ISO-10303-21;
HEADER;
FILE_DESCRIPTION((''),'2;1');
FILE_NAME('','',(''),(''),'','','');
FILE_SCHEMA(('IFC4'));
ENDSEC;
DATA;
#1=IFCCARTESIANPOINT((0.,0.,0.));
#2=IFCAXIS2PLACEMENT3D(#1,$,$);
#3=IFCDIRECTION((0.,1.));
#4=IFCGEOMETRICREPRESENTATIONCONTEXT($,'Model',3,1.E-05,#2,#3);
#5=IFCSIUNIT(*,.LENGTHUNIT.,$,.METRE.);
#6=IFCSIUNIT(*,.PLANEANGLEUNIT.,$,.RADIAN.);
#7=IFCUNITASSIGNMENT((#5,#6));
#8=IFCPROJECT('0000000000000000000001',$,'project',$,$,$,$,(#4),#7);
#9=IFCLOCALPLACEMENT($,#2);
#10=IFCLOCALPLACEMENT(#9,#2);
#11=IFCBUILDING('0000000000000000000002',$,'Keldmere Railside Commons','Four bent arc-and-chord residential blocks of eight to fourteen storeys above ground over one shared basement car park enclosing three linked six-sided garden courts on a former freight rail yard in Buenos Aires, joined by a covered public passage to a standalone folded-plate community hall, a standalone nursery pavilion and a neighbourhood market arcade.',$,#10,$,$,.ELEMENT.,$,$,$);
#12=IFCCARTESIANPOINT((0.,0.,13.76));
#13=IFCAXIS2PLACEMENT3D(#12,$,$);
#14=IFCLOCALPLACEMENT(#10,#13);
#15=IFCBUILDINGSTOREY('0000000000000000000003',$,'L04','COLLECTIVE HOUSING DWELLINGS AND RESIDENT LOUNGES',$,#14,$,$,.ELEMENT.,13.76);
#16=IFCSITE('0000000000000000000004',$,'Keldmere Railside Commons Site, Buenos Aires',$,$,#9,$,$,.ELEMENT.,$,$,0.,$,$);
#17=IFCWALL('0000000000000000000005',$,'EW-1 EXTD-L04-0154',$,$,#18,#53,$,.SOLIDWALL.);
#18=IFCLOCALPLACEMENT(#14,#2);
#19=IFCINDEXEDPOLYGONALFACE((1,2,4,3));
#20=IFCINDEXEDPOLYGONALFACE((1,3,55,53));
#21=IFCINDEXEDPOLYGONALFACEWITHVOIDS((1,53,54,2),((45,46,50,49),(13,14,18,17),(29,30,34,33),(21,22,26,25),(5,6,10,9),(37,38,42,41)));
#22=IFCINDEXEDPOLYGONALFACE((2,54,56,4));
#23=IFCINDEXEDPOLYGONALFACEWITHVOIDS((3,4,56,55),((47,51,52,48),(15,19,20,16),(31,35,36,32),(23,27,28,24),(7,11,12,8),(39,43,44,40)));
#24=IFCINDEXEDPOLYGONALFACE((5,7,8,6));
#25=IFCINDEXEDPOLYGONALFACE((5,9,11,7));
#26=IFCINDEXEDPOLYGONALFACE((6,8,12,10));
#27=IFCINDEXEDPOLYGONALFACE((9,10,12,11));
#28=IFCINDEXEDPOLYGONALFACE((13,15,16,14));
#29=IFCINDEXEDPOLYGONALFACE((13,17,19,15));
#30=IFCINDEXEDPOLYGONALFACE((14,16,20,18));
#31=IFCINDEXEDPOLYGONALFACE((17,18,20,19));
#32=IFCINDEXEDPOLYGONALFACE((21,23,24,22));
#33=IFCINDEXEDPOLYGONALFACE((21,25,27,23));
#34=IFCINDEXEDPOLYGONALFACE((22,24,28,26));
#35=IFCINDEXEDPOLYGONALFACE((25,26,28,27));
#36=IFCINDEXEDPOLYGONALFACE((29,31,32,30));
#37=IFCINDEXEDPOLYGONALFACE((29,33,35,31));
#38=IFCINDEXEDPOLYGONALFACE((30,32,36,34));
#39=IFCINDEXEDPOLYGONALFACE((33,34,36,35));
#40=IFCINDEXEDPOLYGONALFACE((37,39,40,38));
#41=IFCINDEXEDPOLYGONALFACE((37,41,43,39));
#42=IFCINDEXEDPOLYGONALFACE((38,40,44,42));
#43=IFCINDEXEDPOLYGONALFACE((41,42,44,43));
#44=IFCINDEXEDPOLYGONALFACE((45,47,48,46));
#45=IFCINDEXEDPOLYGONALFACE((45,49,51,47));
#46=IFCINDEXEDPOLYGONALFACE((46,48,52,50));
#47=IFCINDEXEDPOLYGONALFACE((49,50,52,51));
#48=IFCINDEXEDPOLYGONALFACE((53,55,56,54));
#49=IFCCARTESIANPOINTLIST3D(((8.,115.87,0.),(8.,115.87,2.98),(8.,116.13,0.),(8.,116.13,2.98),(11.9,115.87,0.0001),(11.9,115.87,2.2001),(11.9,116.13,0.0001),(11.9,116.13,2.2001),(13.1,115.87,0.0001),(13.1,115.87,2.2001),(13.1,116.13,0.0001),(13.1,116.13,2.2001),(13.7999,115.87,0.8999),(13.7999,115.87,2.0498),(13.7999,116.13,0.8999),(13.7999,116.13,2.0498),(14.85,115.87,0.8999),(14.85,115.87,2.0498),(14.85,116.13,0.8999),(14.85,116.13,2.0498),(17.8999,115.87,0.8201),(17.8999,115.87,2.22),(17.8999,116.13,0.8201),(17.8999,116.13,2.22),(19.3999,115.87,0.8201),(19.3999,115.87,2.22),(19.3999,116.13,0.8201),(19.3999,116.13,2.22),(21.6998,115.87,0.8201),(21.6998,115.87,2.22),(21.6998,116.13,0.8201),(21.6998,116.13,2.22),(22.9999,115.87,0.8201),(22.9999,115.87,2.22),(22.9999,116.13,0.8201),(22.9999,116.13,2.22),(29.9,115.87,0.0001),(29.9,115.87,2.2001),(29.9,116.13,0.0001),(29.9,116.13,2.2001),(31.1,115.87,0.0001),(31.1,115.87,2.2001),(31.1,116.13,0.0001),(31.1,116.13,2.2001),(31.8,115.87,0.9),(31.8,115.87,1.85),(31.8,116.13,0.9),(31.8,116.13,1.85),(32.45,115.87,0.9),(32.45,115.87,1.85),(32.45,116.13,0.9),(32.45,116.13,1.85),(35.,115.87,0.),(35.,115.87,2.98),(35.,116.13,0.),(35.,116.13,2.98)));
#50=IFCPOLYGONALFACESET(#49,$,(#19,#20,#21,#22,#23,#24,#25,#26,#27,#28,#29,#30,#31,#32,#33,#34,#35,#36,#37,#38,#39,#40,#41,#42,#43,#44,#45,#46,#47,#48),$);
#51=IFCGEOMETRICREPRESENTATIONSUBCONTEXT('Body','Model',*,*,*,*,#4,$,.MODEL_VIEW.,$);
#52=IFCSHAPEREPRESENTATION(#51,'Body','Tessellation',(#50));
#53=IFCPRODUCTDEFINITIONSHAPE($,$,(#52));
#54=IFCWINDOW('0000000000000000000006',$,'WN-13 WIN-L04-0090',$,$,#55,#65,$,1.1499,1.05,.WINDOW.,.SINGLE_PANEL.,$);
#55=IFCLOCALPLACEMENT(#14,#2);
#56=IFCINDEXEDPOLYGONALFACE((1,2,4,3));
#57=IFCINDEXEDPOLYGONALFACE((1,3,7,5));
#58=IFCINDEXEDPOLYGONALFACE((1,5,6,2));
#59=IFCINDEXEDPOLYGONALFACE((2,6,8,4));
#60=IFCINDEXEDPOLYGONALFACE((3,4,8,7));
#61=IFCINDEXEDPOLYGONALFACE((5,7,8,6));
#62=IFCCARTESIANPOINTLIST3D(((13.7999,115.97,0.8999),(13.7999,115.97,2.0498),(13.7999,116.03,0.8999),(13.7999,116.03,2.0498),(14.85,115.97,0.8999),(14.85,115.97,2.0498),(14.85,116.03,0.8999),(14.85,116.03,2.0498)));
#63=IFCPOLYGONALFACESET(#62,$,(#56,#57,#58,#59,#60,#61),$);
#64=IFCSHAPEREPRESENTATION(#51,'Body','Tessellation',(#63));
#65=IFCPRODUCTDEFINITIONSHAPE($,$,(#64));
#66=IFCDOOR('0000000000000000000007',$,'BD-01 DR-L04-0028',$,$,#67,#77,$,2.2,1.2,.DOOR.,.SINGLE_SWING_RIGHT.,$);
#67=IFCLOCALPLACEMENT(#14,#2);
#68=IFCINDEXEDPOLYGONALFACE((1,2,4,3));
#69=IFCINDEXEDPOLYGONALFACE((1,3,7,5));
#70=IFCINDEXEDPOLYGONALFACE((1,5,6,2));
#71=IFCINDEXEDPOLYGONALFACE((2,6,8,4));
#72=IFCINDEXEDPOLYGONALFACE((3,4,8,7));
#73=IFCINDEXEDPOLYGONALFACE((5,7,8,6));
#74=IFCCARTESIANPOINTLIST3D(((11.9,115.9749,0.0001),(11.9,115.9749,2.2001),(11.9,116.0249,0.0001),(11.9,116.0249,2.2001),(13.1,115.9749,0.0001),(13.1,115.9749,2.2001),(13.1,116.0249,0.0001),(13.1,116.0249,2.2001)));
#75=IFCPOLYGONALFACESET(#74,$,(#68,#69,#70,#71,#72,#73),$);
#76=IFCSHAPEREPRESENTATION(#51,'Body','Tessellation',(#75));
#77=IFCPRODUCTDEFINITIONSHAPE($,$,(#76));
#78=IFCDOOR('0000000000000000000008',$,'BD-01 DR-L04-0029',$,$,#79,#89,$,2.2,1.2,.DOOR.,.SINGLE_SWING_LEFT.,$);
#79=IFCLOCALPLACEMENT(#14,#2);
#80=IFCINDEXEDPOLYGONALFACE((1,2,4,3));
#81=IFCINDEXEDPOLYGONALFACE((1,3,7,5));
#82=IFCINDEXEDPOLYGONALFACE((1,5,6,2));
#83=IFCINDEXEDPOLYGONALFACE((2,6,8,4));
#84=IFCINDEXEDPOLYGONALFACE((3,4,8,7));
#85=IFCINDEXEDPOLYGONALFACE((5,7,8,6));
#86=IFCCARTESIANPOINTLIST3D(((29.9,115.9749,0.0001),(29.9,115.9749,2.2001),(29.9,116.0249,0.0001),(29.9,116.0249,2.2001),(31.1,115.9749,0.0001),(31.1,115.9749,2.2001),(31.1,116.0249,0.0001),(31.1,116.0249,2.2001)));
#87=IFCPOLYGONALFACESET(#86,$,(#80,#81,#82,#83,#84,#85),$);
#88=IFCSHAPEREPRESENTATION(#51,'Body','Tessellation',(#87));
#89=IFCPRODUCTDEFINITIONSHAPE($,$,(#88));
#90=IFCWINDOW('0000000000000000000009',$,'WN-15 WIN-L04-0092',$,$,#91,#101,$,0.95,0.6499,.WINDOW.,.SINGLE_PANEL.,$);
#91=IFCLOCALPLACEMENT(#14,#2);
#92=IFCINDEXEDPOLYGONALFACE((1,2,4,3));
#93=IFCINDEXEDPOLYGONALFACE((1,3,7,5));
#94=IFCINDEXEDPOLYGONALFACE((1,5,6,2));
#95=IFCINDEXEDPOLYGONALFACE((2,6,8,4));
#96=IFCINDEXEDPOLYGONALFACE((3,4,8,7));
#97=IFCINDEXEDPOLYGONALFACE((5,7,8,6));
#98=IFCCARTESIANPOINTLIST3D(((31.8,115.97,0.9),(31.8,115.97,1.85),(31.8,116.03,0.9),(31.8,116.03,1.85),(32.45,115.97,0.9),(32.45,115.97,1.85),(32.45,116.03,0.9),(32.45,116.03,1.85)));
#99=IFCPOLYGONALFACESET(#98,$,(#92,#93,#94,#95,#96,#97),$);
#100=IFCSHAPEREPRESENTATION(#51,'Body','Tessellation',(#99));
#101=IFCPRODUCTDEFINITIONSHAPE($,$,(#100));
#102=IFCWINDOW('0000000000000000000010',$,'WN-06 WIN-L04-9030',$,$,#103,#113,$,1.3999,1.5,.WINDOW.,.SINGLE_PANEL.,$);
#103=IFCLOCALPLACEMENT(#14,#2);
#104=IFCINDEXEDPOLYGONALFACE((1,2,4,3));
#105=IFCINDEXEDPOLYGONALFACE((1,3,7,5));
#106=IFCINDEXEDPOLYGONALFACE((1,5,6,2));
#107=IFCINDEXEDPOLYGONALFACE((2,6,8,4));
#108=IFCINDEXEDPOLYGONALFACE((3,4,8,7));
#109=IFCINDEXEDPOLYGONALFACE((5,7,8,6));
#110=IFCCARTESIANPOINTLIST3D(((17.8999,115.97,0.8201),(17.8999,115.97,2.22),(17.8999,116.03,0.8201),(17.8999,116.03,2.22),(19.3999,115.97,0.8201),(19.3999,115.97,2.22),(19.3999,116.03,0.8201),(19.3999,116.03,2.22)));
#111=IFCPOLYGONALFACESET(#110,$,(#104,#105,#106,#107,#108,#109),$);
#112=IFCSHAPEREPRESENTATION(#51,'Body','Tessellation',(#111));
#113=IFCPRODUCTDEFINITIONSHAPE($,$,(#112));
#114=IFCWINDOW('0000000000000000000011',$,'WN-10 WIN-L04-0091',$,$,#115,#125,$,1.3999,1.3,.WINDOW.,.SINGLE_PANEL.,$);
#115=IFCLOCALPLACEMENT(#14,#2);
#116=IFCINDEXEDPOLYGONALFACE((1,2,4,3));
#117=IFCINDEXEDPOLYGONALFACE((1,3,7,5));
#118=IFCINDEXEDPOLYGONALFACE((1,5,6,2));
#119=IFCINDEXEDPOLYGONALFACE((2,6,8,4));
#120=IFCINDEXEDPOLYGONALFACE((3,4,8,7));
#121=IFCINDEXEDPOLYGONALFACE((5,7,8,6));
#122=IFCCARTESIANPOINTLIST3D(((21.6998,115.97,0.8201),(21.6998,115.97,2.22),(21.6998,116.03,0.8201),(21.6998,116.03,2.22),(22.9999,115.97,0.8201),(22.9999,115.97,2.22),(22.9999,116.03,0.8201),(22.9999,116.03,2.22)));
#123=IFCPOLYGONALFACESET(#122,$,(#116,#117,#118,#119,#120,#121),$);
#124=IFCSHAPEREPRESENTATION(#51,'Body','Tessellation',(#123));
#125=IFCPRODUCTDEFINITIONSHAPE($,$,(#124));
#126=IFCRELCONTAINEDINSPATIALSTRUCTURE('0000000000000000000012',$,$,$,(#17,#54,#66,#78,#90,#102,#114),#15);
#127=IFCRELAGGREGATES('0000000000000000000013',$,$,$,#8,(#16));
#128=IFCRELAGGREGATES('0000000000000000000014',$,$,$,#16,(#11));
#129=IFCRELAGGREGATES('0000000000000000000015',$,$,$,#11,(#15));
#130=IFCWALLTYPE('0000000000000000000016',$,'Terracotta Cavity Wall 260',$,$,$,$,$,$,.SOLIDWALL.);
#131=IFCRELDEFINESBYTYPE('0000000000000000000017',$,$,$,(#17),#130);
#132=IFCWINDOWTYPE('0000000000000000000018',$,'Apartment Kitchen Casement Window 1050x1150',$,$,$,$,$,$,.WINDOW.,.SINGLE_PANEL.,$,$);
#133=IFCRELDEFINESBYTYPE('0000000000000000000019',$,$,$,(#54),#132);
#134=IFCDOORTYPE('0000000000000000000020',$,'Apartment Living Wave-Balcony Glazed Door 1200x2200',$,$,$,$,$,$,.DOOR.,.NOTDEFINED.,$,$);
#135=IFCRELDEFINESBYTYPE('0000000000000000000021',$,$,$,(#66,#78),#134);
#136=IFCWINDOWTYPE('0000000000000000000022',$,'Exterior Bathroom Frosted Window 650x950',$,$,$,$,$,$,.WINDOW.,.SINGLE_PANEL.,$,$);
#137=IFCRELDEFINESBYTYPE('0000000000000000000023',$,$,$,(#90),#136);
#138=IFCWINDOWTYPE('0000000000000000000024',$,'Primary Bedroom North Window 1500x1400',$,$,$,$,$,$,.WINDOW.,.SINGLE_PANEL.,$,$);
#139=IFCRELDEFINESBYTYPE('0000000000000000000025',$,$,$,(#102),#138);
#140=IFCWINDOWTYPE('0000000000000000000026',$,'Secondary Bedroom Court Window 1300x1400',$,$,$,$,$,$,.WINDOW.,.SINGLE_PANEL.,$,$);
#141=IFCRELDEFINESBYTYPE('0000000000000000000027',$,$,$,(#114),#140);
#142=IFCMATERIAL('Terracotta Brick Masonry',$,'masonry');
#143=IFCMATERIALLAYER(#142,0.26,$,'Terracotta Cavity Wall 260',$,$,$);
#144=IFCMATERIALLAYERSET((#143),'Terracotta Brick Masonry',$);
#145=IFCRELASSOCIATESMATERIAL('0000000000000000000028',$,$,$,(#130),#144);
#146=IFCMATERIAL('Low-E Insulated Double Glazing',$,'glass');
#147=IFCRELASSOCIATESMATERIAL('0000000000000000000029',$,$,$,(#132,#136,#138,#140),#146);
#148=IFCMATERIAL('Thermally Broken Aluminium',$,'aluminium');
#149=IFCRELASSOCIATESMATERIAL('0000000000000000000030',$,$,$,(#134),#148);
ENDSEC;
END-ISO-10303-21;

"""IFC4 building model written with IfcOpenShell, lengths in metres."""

from ifc_helpers import new_model, si_unit, direction, frame, frame_2d, origin, place, context, subcontext, project, spatial, rectangle, extrude, material, layer, layer_set, type_object, element, fill, save


model = new_model("IFC4")

# Units and contexts
model_context = context("Model", 3, precision=1e-05, world=origin(), true_north=direction((0.0, 1.0)))
body_context = subcontext(model_context, "Body", "Model", "MODEL_VIEW")
ifc_project = project(units=[si_unit("LENGTHUNIT", "METRE"), si_unit("PLANEANGLEUNIT", "RADIAN")], contexts=[model_context])

# Site, building, storey
site_placement = place(None, origin())
site = spatial("IfcSite", under=ifc_project, at=site_placement, Name="Keldmere Railside Commons Site, Buenos Aires", CompositionType="ELEMENT", RefElevation=0.0)
building_placement = place(site_placement, origin())
building = spatial("IfcBuilding", under=site, at=building_placement, Name="Keldmere Railside Commons", Description="Four bent arc-and-chord residential blocks of eight to fourteen storeys above ground over one shared basement car park enclosing three linked six-sided garden courts on a former freight rail yard in Buenos Aires, joined by a covered public passage to a standalone folded-plate community hall, a standalone nursery pavilion and a neighbourhood market arcade.", CompositionType="ELEMENT")
storey_placement = place(building_placement, frame((0.0, 0.0, 13.76)))
storey = spatial("IfcBuildingStorey", under=building, at=storey_placement, Name="L04", Description="COLLECTIVE HOUSING DWELLINGS AND RESIDENT LOUNGES", CompositionType="ELEMENT", Elevation=13.76)

# Wall, openings, windows, doors
ifc_material_1 = material(Name="Terracotta Brick Masonry", Category="masonry")
ifc_layer_1 = layer(ifc_material_1, 0.26, Name="Terracotta Cavity Wall 260")
ifc_layer_set_1 = layer_set([ifc_layer_1], Name="Terracotta Brick Masonry")
wall_type_1 = type_object("IfcWallType", Name="Terracotta Cavity Wall 260", PredefinedType="SOLIDWALL", material=ifc_layer_set_1)
wall_1_placement = place(storey_placement, frame((8.0, 116.0, 0.0), z_axis=(0.0, 0.0, 1.0), x_axis=(1.0, 0.0, 0.0)))
wall_1 = element("IfcWall", 1, at=wall_1_placement, inside=storey, type_object=wall_type_1, Name="EW-1 EXTD-L04-0154", PredefinedType="SOLIDWALL", context=body_context, shape_type="SweptSolid", body=[
    extrude(rectangle(XDim=27.0, YDim=0.26, at=frame_2d((13.5, 0.0))), origin(), (0.0, 0.0, 1.0), 2.98),
])
opening_1_placement = place(wall_1_placement, frame((3.8999, 0.0, 0.0)))
opening_1 = element("IfcOpeningElement", 2, at=opening_1_placement, cuts=wall_1, PredefinedType="OPENING", context=body_context, shape_type="SweptSolid", body=[
    extrude(rectangle(XDim=1.2, YDim=2.2, at=frame_2d((0.6001, 1.1001))), frame((0.0, 0.1399, 0.0), z_axis=(0.0, -1.0, 0.0), x_axis=(1.0, 0.0, 0.0)), (0.0, 0.0, 1.0), 0.28),
])
opening_2_placement = place(wall_1_placement, frame((5.8, 0.0, 0.8999)))
opening_2 = element("IfcOpeningElement", 3, at=opening_2_placement, cuts=wall_1, PredefinedType="OPENING", context=body_context, shape_type="SweptSolid", body=[
    extrude(rectangle(XDim=1.05, YDim=1.1499, at=frame_2d((0.5249, 0.575))), frame((0.0, 0.1399, 0.0), z_axis=(0.0, -1.0, 0.0), x_axis=(1.0, 0.0, 0.0)), (0.0, 0.0, 1.0), 0.28),
])
opening_3_placement = place(wall_1_placement, frame((13.7, 0.0, 0.8201)))
opening_3 = element("IfcOpeningElement", 4, at=opening_3_placement, cuts=wall_1, PredefinedType="OPENING", context=body_context, shape_type="SweptSolid", body=[
    extrude(rectangle(XDim=1.3, YDim=1.3999, at=frame_2d((0.6499, 0.7))), frame((0.0, 0.1399, 0.0), z_axis=(0.0, -1.0, 0.0), x_axis=(1.0, 0.0, 0.0)), (0.0, 0.0, 1.0), 0.28),
])
opening_4_placement = place(wall_1_placement, frame((21.8999, 0.0, 0.0)))
opening_4 = element("IfcOpeningElement", 5, at=opening_4_placement, cuts=wall_1, PredefinedType="OPENING", context=body_context, shape_type="SweptSolid", body=[
    extrude(rectangle(XDim=1.2, YDim=2.2, at=frame_2d((0.6001, 1.1001))), frame((0.0, 0.1399, 0.0), z_axis=(0.0, -1.0, 0.0), x_axis=(1.0, 0.0, 0.0)), (0.0, 0.0, 1.0), 0.28),
])
opening_5_placement = place(wall_1_placement, frame((23.8, 0.0, 0.8999)))
opening_5 = element("IfcOpeningElement", 6, at=opening_5_placement, cuts=wall_1, PredefinedType="OPENING", context=body_context, shape_type="SweptSolid", body=[
    extrude(rectangle(XDim=0.6499, YDim=0.95, at=frame_2d((0.325, 0.4751))), frame((0.0, 0.1399, 0.0), z_axis=(0.0, -1.0, 0.0), x_axis=(1.0, 0.0, 0.0)), (0.0, 0.0, 1.0), 0.28),
])
opening_6_placement = place(wall_1_placement, frame((9.8999, 0.0, 0.8201)))
opening_6 = element("IfcOpeningElement", 7, at=opening_6_placement, cuts=wall_1, PredefinedType="OPENING", context=body_context, shape_type="SweptSolid", body=[
    extrude(rectangle(XDim=1.5, YDim=1.3999, at=frame_2d((0.75, 0.7))), frame((0.0, 0.1399, 0.0), z_axis=(0.0, -1.0, 0.0), x_axis=(1.0, 0.0, 0.0)), (0.0, 0.0, 1.0), 0.28),
])
ifc_material_2 = material(Name="Low-E Insulated Double Glazing", Category="glass")
window_type_1 = type_object("IfcWindowType", Name="Apartment Kitchen Casement Window 1050x1150", PartitioningType="SINGLE_PANEL", PredefinedType="WINDOW", material=ifc_material_2)
window_1_placement = place(opening_2_placement, origin())
window_1 = element("IfcWindow", 8, at=window_1_placement, inside=storey, type_object=window_type_1, Name="WN-13 WIN-L04-0090", OverallHeight=1.1499, OverallWidth=1.05, PartitioningType="SINGLE_PANEL", PredefinedType="WINDOW", context=body_context, shape_type="SweptSolid", body=[
    extrude(rectangle(XDim=1.05, YDim=1.1499, at=frame_2d((0.5249, 0.575))), frame((0.0, 0.03, 0.0), z_axis=(0.0, -1.0, 0.0), x_axis=(1.0, 0.0, 0.0)), (0.0, 0.0, 1.0), 0.0601),
])
fill(opening_2, window_1)
ifc_material_3 = material(Name="Thermally Broken Aluminium", Category="aluminium")
door_type = type_object("IfcDoorType", Name="Apartment Living Wave-Balcony Glazed Door 1200x2200", OperationType="NOTDEFINED", PredefinedType="DOOR", material=ifc_material_3)
door_1_placement = place(opening_1_placement, origin())
door_1 = element("IfcDoor", 9, at=door_1_placement, inside=storey, type_object=door_type, Name="BD-01 DR-L04-0028", OperationType="SINGLE_SWING_RIGHT", OverallHeight=2.2, OverallWidth=1.2, PredefinedType="DOOR", context=body_context, shape_type="SweptSolid", body=[
    extrude(rectangle(XDim=1.2, YDim=2.2, at=frame_2d((0.6001, 1.1001))), frame((0.0, 0.0249, 0.0), z_axis=(0.0, -1.0, 0.0), x_axis=(1.0, 0.0, 0.0)), (0.0, 0.0, 1.0), 0.05),
])
fill(opening_1, door_1)
door_2_placement = place(opening_4_placement, origin())
door_2 = element("IfcDoor", 10, at=door_2_placement, inside=storey, type_object=door_type, Name="BD-01 DR-L04-0029", OperationType="SINGLE_SWING_LEFT", OverallHeight=2.2, OverallWidth=1.2, PredefinedType="DOOR", context=body_context, shape_type="SweptSolid", body=[
    extrude(rectangle(XDim=1.2, YDim=2.2, at=frame_2d((0.6001, 1.1001))), frame((0.0, 0.0249, 0.0), z_axis=(0.0, -1.0, 0.0), x_axis=(1.0, 0.0, 0.0)), (0.0, 0.0, 1.0), 0.05),
])
fill(opening_4, door_2)
window_type_2 = type_object("IfcWindowType", Name="Exterior Bathroom Frosted Window 650x950", PartitioningType="SINGLE_PANEL", PredefinedType="WINDOW", material=ifc_material_2)
window_2_placement = place(opening_5_placement, origin())
window_2 = element("IfcWindow", 11, at=window_2_placement, inside=storey, type_object=window_type_2, Name="WN-15 WIN-L04-0092", OverallHeight=0.95, OverallWidth=0.6499, PartitioningType="SINGLE_PANEL", PredefinedType="WINDOW", context=body_context, shape_type="SweptSolid", body=[
    extrude(rectangle(XDim=0.6499, YDim=0.95, at=frame_2d((0.325, 0.4751))), frame((0.0, 0.03, 0.0), z_axis=(0.0, -1.0, 0.0), x_axis=(1.0, 0.0, 0.0)), (0.0, 0.0, 1.0), 0.0601),
])
fill(opening_5, window_2)
window_type_3 = type_object("IfcWindowType", Name="Primary Bedroom North Window 1500x1400", PartitioningType="SINGLE_PANEL", PredefinedType="WINDOW", material=ifc_material_2)
window_3_placement = place(opening_6_placement, origin())
window_3 = element("IfcWindow", 12, at=window_3_placement, inside=storey, type_object=window_type_3, Name="WN-06 WIN-L04-9030", OverallHeight=1.3999, OverallWidth=1.5, PartitioningType="SINGLE_PANEL", PredefinedType="WINDOW", context=body_context, shape_type="SweptSolid", body=[
    extrude(rectangle(XDim=1.5, YDim=1.3999, at=frame_2d((0.75, 0.7))), frame((0.0, 0.03, 0.0), z_axis=(0.0, -1.0, 0.0), x_axis=(1.0, 0.0, 0.0)), (0.0, 0.0, 1.0), 0.0601),
])
fill(opening_6, window_3)
window_type_4 = type_object("IfcWindowType", Name="Secondary Bedroom Court Window 1300x1400", PartitioningType="SINGLE_PANEL", PredefinedType="WINDOW", material=ifc_material_2)
window_4_placement = place(opening_3_placement, origin())
window_4 = element("IfcWindow", 13, at=window_4_placement, inside=storey, type_object=window_type_4, Name="WN-10 WIN-L04-0091", OverallHeight=1.3999, OverallWidth=1.3, PartitioningType="SINGLE_PANEL", PredefinedType="WINDOW", context=body_context, shape_type="SweptSolid", body=[
    extrude(rectangle(XDim=1.3, YDim=1.3999, at=frame_2d((0.6499, 0.7))), frame((0.0, 0.03, 0.0), z_axis=(0.0, -1.0, 0.0), x_axis=(1.0, 0.0, 0.0)), (0.0, 0.0, 1.0), 0.0601),
])
fill(opening_3, window_4)

save(model, "model.ifc")
